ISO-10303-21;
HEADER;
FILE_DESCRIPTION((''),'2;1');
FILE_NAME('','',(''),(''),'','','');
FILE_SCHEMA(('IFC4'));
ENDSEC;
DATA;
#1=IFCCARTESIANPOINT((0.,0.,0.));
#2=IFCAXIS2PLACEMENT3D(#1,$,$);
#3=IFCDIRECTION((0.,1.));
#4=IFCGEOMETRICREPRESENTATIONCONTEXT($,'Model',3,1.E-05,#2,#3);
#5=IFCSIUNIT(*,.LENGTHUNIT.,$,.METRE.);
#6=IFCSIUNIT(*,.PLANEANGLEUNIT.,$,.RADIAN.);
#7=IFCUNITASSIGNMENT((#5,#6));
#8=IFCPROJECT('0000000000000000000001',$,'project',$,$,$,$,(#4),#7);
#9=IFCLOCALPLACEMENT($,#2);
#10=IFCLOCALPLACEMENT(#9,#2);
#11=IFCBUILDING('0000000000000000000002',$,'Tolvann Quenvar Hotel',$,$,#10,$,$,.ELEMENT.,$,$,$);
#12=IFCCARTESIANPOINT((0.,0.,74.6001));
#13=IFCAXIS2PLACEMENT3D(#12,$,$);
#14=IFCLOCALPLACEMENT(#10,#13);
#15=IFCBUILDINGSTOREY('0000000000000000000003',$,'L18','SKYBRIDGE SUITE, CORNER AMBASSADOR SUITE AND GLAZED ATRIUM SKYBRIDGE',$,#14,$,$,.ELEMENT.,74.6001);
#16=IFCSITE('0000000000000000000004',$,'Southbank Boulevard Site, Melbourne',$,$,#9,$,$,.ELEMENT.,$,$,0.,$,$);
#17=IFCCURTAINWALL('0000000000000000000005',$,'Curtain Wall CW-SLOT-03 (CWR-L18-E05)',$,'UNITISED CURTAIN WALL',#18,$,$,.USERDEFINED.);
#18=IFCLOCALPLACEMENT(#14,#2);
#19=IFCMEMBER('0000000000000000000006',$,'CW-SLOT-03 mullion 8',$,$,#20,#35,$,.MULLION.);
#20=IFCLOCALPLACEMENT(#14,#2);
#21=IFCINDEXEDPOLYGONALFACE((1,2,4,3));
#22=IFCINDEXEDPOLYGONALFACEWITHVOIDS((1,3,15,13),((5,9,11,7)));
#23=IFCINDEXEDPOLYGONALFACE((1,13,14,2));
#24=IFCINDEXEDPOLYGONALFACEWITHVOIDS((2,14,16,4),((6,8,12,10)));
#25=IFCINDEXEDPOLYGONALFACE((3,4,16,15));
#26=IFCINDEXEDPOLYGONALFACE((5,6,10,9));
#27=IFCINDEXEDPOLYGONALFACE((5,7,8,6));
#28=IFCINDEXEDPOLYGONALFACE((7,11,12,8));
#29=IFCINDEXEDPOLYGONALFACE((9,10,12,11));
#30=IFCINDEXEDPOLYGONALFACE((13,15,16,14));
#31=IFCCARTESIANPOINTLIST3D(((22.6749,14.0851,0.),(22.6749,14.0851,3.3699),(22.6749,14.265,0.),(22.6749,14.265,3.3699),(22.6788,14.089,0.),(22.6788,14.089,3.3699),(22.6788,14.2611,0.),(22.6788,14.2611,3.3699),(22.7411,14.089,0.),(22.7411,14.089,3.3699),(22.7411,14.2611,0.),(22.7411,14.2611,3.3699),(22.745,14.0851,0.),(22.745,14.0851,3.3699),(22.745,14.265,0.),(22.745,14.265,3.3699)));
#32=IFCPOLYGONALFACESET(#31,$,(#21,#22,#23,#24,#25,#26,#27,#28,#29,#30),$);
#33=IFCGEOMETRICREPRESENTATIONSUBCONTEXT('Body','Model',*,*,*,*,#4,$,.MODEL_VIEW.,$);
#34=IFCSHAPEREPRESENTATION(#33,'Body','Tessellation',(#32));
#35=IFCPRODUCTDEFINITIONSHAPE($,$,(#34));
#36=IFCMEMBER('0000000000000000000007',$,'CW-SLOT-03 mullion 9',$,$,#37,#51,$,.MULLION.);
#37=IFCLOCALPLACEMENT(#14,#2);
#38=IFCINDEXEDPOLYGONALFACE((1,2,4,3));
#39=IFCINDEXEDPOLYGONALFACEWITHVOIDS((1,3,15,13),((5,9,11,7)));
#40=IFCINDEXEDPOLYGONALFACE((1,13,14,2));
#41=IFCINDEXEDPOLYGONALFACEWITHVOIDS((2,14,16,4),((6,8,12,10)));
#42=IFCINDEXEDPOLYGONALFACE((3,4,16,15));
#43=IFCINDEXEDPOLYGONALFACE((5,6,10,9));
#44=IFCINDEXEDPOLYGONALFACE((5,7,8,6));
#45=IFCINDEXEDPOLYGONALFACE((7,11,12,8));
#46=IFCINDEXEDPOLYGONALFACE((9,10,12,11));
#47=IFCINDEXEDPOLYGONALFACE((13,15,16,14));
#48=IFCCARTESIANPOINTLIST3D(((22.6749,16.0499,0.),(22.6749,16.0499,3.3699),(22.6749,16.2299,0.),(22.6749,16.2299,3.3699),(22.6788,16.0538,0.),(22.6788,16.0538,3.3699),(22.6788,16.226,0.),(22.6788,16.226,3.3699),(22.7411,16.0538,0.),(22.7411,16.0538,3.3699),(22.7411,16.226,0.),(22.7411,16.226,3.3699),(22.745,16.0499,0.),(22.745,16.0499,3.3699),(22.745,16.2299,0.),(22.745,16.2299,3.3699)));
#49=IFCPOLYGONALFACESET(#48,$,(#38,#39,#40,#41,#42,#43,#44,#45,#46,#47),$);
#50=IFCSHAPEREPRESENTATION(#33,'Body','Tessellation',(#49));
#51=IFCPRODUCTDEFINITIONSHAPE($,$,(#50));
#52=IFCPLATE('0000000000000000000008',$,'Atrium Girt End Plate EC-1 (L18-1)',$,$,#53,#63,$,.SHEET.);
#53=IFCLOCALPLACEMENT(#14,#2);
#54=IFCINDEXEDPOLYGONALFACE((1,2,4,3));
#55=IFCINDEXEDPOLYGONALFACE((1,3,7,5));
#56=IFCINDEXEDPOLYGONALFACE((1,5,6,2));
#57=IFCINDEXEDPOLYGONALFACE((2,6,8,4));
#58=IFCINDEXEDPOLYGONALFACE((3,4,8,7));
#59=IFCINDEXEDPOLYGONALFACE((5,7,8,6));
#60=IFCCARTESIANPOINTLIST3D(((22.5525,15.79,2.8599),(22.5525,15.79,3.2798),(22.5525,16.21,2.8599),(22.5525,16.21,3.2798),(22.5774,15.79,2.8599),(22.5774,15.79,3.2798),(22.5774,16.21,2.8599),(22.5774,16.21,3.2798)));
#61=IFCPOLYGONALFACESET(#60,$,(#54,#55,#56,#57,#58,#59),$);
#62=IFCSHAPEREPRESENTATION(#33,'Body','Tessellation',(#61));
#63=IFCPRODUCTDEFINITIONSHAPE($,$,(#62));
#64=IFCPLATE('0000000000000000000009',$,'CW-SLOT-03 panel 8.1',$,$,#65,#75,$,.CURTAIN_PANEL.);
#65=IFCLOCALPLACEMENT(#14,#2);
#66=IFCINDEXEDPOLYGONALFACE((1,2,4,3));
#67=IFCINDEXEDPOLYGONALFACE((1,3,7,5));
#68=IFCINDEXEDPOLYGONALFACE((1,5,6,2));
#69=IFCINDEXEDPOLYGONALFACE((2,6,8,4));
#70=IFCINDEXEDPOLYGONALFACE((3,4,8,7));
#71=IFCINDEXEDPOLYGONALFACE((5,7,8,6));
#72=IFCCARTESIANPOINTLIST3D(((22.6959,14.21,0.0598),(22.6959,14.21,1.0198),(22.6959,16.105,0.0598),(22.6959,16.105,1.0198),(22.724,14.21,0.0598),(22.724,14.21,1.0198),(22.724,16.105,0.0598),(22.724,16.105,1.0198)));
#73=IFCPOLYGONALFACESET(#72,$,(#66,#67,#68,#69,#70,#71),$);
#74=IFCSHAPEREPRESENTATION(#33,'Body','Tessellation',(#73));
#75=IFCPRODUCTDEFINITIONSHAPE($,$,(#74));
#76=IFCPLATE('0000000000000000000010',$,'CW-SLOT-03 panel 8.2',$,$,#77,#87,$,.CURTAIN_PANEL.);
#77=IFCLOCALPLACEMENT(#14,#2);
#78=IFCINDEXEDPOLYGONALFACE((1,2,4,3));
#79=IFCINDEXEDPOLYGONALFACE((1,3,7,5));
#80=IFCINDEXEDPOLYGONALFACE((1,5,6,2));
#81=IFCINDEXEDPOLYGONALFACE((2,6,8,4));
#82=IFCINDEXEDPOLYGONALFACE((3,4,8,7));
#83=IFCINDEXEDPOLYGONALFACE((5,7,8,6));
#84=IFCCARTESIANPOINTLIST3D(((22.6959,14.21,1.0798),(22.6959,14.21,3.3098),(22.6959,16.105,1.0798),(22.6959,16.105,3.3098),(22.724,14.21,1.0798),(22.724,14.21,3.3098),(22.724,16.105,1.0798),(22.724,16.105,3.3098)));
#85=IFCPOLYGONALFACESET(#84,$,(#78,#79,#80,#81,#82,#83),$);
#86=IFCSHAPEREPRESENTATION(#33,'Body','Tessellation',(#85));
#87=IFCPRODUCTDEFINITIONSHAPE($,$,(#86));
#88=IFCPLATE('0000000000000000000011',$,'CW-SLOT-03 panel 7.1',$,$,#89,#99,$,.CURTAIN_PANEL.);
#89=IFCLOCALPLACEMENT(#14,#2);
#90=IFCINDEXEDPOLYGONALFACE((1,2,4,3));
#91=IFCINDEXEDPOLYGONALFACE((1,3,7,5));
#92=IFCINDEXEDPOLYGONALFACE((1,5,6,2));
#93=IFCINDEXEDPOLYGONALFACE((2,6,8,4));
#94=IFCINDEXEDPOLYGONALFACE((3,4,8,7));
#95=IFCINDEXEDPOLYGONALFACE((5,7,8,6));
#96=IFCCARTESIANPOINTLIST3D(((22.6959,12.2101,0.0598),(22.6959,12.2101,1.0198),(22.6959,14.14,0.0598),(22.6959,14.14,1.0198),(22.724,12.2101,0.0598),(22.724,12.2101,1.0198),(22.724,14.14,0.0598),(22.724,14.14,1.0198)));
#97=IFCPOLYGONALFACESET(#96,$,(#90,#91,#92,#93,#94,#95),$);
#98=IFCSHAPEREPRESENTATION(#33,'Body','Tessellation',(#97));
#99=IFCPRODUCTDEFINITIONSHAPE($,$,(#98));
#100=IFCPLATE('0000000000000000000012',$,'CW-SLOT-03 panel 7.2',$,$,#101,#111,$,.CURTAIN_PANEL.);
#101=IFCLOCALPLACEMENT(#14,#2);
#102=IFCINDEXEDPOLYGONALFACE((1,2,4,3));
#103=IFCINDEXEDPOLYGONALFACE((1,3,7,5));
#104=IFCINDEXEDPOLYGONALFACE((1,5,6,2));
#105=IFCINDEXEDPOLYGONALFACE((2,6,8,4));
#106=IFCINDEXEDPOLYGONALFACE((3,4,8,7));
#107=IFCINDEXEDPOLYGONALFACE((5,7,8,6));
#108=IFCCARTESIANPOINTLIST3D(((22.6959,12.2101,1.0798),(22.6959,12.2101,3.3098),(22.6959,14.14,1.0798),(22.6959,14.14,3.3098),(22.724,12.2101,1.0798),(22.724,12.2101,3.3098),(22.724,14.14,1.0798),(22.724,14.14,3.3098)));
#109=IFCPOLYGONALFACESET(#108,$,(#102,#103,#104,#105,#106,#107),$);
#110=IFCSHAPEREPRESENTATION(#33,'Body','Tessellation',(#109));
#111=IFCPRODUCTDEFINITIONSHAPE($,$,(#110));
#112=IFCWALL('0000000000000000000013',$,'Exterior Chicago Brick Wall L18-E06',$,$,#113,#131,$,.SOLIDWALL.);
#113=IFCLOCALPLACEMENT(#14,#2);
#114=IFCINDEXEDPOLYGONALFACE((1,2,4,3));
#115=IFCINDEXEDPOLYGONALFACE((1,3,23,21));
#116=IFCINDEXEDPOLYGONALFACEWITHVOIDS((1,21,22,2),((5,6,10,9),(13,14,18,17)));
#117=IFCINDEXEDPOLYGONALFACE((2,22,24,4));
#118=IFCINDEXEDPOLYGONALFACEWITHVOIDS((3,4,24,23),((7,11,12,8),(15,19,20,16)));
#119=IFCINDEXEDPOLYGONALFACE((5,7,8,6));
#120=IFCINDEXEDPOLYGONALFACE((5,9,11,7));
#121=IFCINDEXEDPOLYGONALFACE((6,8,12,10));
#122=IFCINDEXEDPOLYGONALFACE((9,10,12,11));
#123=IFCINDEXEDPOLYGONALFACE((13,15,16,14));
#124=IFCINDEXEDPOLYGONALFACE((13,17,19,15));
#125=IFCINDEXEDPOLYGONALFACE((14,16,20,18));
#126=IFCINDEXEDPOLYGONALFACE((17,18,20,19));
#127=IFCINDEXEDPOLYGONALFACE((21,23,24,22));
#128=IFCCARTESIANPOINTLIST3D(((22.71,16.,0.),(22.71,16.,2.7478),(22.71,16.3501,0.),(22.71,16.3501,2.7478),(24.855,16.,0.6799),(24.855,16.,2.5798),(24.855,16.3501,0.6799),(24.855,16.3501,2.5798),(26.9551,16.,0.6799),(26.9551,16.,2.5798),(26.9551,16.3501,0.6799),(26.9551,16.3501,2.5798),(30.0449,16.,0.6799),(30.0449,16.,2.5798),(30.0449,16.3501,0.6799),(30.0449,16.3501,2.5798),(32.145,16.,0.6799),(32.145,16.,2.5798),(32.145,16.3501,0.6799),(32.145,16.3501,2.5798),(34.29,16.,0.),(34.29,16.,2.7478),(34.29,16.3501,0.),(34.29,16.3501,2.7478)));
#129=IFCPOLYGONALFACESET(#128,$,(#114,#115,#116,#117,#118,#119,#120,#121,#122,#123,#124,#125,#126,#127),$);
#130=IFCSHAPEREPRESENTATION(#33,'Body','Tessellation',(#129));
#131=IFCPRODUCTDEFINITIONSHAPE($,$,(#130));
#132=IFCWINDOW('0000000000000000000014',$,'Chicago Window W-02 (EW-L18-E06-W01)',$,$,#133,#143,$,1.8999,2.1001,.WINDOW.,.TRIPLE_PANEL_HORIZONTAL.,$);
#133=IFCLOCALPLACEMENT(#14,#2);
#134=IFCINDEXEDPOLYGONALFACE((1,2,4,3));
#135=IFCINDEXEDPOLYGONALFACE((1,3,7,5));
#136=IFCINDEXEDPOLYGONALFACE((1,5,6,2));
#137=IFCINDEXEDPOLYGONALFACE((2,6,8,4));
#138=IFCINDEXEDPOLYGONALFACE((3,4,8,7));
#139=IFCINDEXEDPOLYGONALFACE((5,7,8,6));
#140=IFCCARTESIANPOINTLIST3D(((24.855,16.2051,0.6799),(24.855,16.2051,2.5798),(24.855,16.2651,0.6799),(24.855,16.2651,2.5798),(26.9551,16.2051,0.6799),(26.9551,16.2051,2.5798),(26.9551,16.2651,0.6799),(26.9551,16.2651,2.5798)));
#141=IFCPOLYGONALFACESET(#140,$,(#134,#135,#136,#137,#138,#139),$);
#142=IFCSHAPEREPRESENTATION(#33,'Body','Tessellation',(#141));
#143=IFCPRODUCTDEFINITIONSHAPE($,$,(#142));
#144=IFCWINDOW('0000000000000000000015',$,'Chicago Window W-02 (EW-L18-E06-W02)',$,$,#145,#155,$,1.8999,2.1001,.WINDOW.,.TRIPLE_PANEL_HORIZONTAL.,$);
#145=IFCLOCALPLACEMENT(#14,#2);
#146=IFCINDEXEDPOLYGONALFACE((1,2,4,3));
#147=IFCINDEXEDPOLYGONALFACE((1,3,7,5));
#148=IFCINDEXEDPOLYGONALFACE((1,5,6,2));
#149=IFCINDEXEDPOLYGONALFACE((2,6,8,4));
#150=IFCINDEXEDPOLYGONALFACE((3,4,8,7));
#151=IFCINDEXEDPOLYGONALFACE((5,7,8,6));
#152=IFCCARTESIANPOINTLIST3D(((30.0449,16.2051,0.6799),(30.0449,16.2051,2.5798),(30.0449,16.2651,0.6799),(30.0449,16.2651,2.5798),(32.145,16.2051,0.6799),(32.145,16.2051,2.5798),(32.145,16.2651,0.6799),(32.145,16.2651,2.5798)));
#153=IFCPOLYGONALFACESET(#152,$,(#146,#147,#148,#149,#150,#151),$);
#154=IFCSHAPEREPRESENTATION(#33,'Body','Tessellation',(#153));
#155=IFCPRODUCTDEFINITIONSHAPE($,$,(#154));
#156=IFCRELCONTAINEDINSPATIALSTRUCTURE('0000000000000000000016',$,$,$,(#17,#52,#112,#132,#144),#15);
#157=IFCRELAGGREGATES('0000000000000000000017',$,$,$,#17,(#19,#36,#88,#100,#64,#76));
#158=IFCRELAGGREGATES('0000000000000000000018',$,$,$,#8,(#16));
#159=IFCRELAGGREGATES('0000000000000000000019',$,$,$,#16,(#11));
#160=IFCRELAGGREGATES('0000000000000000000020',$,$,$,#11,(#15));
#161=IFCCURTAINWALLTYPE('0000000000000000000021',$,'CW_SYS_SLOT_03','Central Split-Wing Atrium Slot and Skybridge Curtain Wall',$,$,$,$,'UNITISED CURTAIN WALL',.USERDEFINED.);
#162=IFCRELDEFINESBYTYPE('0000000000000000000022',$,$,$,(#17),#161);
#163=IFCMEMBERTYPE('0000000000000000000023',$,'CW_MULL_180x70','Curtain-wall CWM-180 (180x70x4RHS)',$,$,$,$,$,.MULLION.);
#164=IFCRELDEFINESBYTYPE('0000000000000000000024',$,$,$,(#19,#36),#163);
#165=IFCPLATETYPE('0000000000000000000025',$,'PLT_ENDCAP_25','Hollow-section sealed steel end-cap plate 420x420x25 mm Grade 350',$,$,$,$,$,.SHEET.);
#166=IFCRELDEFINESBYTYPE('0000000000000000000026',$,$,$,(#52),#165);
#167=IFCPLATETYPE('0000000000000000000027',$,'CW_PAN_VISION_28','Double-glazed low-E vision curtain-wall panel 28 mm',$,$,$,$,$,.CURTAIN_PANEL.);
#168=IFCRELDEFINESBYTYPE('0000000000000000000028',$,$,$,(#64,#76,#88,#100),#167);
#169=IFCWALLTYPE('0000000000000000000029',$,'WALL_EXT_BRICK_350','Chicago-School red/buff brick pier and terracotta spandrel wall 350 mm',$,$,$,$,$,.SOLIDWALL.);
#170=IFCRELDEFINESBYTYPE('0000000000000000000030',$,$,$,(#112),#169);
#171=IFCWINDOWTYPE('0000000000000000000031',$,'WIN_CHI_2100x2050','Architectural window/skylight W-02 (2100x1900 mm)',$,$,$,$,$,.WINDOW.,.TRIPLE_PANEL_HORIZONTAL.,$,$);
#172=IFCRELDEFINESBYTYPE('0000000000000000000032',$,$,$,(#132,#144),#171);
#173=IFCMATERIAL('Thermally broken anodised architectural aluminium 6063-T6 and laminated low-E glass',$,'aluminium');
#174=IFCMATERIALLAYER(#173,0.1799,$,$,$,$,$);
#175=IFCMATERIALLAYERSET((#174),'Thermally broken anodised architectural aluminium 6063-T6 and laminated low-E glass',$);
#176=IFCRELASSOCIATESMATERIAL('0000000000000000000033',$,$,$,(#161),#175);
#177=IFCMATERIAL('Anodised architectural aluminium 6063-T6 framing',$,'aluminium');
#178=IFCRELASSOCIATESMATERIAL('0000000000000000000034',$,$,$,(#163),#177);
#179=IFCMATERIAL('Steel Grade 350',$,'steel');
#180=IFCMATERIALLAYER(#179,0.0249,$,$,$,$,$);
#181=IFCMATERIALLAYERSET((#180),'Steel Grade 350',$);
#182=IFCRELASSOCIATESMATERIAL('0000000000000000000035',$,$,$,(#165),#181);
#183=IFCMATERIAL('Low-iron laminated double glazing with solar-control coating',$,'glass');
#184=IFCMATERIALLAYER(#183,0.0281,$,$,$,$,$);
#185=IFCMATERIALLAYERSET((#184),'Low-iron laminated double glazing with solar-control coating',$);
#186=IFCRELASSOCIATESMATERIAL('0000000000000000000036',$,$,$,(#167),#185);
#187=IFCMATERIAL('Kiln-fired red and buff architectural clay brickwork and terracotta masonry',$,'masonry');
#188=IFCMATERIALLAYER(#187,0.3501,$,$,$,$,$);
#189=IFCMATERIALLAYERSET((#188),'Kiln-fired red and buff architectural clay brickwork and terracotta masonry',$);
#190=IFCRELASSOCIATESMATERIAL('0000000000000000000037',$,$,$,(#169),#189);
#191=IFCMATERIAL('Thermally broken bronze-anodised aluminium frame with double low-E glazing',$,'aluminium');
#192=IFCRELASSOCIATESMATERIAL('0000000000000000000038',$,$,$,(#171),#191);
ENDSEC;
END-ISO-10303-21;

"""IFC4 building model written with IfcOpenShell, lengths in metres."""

from ifc_helpers import new_model, si_unit, direction, frame, frame_2d, origin, origin_2d, place, context, subcontext, project, spatial, rectangle, hollow_rectangle, extrude, source, transform, mapped, material, layer, layer_set, material_profile, profile_set, type_object, type_shapes, element, fill, aggregate, save


model = new_model("IFC4")

# Units and contexts
model_context = context("Model", 3, precision=1e-05, world=origin(), true_north=direction((0.0, 1.0)))
body_context = subcontext(model_context, "Body", "Model", "MODEL_VIEW")
ifc_project = project(units=[si_unit("LENGTHUNIT", "METRE"), si_unit("PLANEANGLEUNIT", "RADIAN")], contexts=[model_context])

# Site, building, storey
site_placement = place(None, origin())
site = spatial("IfcSite", under=ifc_project, at=site_placement, Name="Southbank Boulevard Site, Melbourne", CompositionType="ELEMENT", RefElevation=0.0)
building_placement = place(site_placement, origin())
building = spatial("IfcBuilding", under=site, at=building_placement, Name="Tolvann Quenvar Hotel", CompositionType="ELEMENT")
storey_placement = place(building_placement, frame((0.0, 0.0, 74.6001)))
storey = spatial("IfcBuildingStorey", under=building, at=storey_placement, Name="L18", Description="SKYBRIDGE SUITE, CORNER AMBASSADOR SUITE AND GLAZED ATRIUM SKYBRIDGE", CompositionType="ELEMENT", Elevation=74.6001)

# Shared definitions
ifc_material_1 = material(Name="Steel Grade 350", Category="steel")

# Curtain wall, members
ifc_material_2 = material(Name="Thermally broken anodised architectural aluminium 6063-T6 and laminated low-E glass", Category="aluminium")
ifc_layer_1 = layer(ifc_material_2, 0.1799)
ifc_layer_set_1 = layer_set([ifc_layer_1], Name="Thermally broken anodised architectural aluminium 6063-T6 and laminated low-E glass")
curtain_wall_type = type_object("IfcCurtainWallType", Name="CW_SYS_SLOT_03", Description="Central Split-Wing Atrium Slot and Skybridge Curtain Wall", ElementType="UNITISED CURTAIN WALL", PredefinedType="USERDEFINED", material=ifc_layer_set_1)
curtain_wall_placement = place(storey_placement, origin())
curtain_wall = element("IfcCurtainWall", 1, at=curtain_wall_placement, inside=storey, type_object=curtain_wall_type, Name="Curtain Wall CW-SLOT-03 (CWR-L18-E05)", ObjectType="UNITISED CURTAIN WALL", PredefinedType="USERDEFINED")
ifc_material_3 = material(Name="Anodised architectural aluminium 6063-T6 framing", Category="aluminium")
ifc_material_profile_1 = material_profile(ifc_material_3, hollow_rectangle(XDim=0.0701, YDim=0.1799, WallThickness=0.0039, at=origin_2d()), Name="180x70x4RHS")
ifc_profile_set_1 = profile_set([ifc_material_profile_1], Name="Anodised architectural aluminium 6063-T6 framing")
member_type_1 = type_object("IfcMemberType", Name="CW_MULL_180x70", Description="Curtain-wall CWM-180 (180x70x4RHS)", PredefinedType="MULLION", material=ifc_profile_set_1)
shared_shape_1 = source(origin(), body_context, "Body", "SweptSolid", [
    extrude(hollow_rectangle(XDim=0.0701, YDim=0.1799, WallThickness=0.0039, at=origin_2d()), origin(), (0.0, 0.0, 1.0), 3.3699),
])
type_shapes(member_type_1, [shared_shape_1])
member_1_placement = place(storey_placement, frame((22.71, 14.175, 0.0), z_axis=(0.0, 0.0, 1.0), x_axis=(-1.0, 0.0, 0.0)))
member_1 = element("IfcMember", 2, at=member_1_placement, type_object=member_type_1, Name="CW-SLOT-03 mullion 8", PredefinedType="MULLION", context=body_context, shape_type="MappedRepresentation", body=[
    mapped(shared_shape_1, transform((0.0, 0.0, 0.0), x_axis=(1.0, 0.0, 0.0), y_axis=(0.0, 1.0, 0.0), z_axis=(0.0, 0.0, 1.0), scale=1.0)),
])
member_2_placement = place(storey_placement, frame((22.71, 16.1399, 0.0), z_axis=(0.0, 0.0, 1.0), x_axis=(-1.0, 0.0, 0.0)))
member_2 = element("IfcMember", 3, at=member_2_placement, type_object=member_type_1, Name="CW-SLOT-03 mullion 9", PredefinedType="MULLION", context=body_context, shape_type="MappedRepresentation", body=[
    mapped(shared_shape_1, transform((0.0, 0.0, 0.0), x_axis=(1.0, 0.0, 0.0), y_axis=(0.0, 1.0, 0.0), z_axis=(0.0, 0.0, 1.0), scale=1.0)),
])

# Plates
ifc_layer_2 = layer(ifc_material_1, 0.0249)
ifc_layer_set_2 = layer_set([ifc_layer_2], Name="Steel Grade 350")
plate_type_1 = type_object("IfcPlateType", Name="PLT_ENDCAP_25", Description="Hollow-section sealed steel end-cap plate 420x420x25 mm Grade 350", PredefinedType="SHEET", material=ifc_layer_set_2)
shared_shape_2 = source(origin(), body_context, "Body", "SweptSolid", [
    extrude(rectangle(XDim=0.0249, YDim=0.4199, at=origin_2d()), origin(), (0.0, 0.0, 1.0), 0.4199),
])
type_shapes(plate_type_1, [shared_shape_2])
plate_1_placement = place(storey_placement, frame((22.5649, 16.0, 2.8599), z_axis=(0.0, 0.0, 1.0), x_axis=(1.0, 0.0, 0.0)))
element("IfcPlate", 4, at=plate_1_placement, inside=storey, type_object=plate_type_1, Name="Atrium Girt End Plate EC-1 (L18-1)", PredefinedType="SHEET", context=body_context, shape_type="MappedRepresentation", body=[
    mapped(shared_shape_2, transform((0.0, 0.0, 0.0), x_axis=(1.0, 0.0, 0.0), y_axis=(0.0, 1.0, 0.0), z_axis=(0.0, 0.0, 1.0), scale=1.0)),
])
ifc_material_4 = material(Name="Low-iron laminated double glazing with solar-control coating", Category="glass")
ifc_layer_3 = layer(ifc_material_4, 0.0281)
ifc_layer_set_3 = layer_set([ifc_layer_3], Name="Low-iron laminated double glazing with solar-control coating")
plate_type_2 = type_object("IfcPlateType", Name="CW_PAN_VISION_28", Description="Double-glazed low-E vision curtain-wall panel 28 mm", PredefinedType="CURTAIN_PANEL", material=ifc_layer_set_3)
shared_shape_3 = source(origin(), body_context, "Body", "SweptSolid", [
    extrude(rectangle(XDim=1.895, YDim=0.0281, at=origin_2d()), origin(), (0.0, 0.0, 1.0), 0.96),
])
plate_2_placement = place(storey_placement, frame((22.71, 15.1575, 0.0598), z_axis=(0.0, 0.0, 1.0), x_axis=(0.0, 1.0, 0.0)))
plate_2 = element("IfcPlate", 5, at=plate_2_placement, type_object=plate_type_2, Name="CW-SLOT-03 panel 8.1", PredefinedType="CURTAIN_PANEL", context=body_context, shape_type="MappedRepresentation", body=[
    mapped(shared_shape_3, transform((0.0, 0.0, 0.0), x_axis=(1.0, 0.0, 0.0), y_axis=(0.0, 1.0, 0.0), z_axis=(0.0, 0.0, 1.0), scale=1.0)),
])
shared_shape_4 = source(origin(), body_context, "Body", "SweptSolid", [
    extrude(rectangle(XDim=1.895, YDim=0.0281, at=origin_2d()), origin(), (0.0, 0.0, 1.0), 2.23),
])
plate_3_placement = place(storey_placement, frame((22.71, 15.1575, 1.0798), z_axis=(0.0, 0.0, 1.0), x_axis=(0.0, 1.0, 0.0)))
plate_3 = element("IfcPlate", 6, at=plate_3_placement, type_object=plate_type_2, Name="CW-SLOT-03 panel 8.2", PredefinedType="CURTAIN_PANEL", context=body_context, shape_type="MappedRepresentation", body=[
    mapped(shared_shape_4, transform((0.0, 0.0, 0.0), x_axis=(1.0, 0.0, 0.0), y_axis=(0.0, 1.0, 0.0), z_axis=(0.0, 0.0, 1.0), scale=1.0)),
])
shared_shape_5 = source(origin(), body_context, "Body", "SweptSolid", [
    extrude(rectangle(XDim=1.9299, YDim=0.0281, at=origin_2d()), origin(), (0.0, 0.0, 1.0), 0.96),
])
plate_4_placement = place(storey_placement, frame((22.71, 13.175, 0.0598), z_axis=(0.0, 0.0, 1.0), x_axis=(0.0, 1.0, 0.0)))
plate_4 = element("IfcPlate", 7, at=plate_4_placement, type_object=plate_type_2, Name="CW-SLOT-03 panel 7.1", PredefinedType="CURTAIN_PANEL", context=body_context, shape_type="MappedRepresentation", body=[
    mapped(shared_shape_5, transform((0.0, 0.0, 0.0), x_axis=(1.0, 0.0, 0.0), y_axis=(0.0, 1.0, 0.0), z_axis=(0.0, 0.0, 1.0), scale=1.0)),
])
shared_shape_6 = source(origin(), body_context, "Body", "SweptSolid", [
    extrude(rectangle(XDim=1.9299, YDim=0.0281, at=origin_2d()), origin(), (0.0, 0.0, 1.0), 2.23),
])
type_shapes(plate_type_2, [shared_shape_3, shared_shape_4, shared_shape_5, shared_shape_6])
plate_5_placement = place(storey_placement, frame((22.71, 13.175, 1.0798), z_axis=(0.0, 0.0, 1.0), x_axis=(0.0, 1.0, 0.0)))
plate_5 = element("IfcPlate", 8, at=plate_5_placement, type_object=plate_type_2, Name="CW-SLOT-03 panel 7.2", PredefinedType="CURTAIN_PANEL", context=body_context, shape_type="MappedRepresentation", body=[
    mapped(shared_shape_6, transform((0.0, 0.0, 0.0), x_axis=(1.0, 0.0, 0.0), y_axis=(0.0, 1.0, 0.0), z_axis=(0.0, 0.0, 1.0), scale=1.0)),
])
aggregate(curtain_wall, [member_1, member_2, plate_4, plate_5, plate_2, plate_3])

# Wall, openings, windows
ifc_material_5 = material(Name="Kiln-fired red and buff architectural clay brickwork and terracotta masonry", Category="masonry")
ifc_layer_4 = layer(ifc_material_5, 0.3501)
ifc_layer_set_4 = layer_set([ifc_layer_4], Name="Kiln-fired red and buff architectural clay brickwork and terracotta masonry")
wall_type_1 = type_object("IfcWallType", Name="WALL_EXT_BRICK_350", Description="Chicago-School red/buff brick pier and terracotta spandrel wall 350 mm", PredefinedType="SOLIDWALL", material=ifc_layer_set_4)
wall_1_placement = place(storey_placement, frame((22.71, 16.175, 0.0), z_axis=(0.0, 0.0, 1.0), x_axis=(1.0, 0.0, 0.0)))
wall_1 = element("IfcWall", 9, at=wall_1_placement, inside=storey, type_object=wall_type_1, Name="Exterior Chicago Brick Wall L18-E06", PredefinedType="SOLIDWALL", context=body_context, shape_type="SweptSolid", body=[
    extrude(rectangle(XDim=11.5801, YDim=0.3501, at=frame_2d((5.79, 0.0))), origin(), (0.0, 0.0, 1.0), 2.7478),
])
opening_1_placement = place(wall_1_placement, frame((2.145, 0.0, 0.6799)))
opening_1 = element("IfcOpeningElement", 10, at=opening_1_placement, cuts=wall_1, PredefinedType="OPENING", context=body_context, shape_type="SweptSolid", body=[
    extrude(rectangle(XDim=2.1001, YDim=1.8999, at=frame_2d((1.05, 0.95))), frame((0.0, 0.1851, 0.0), z_axis=(0.0, -1.0, 0.0), x_axis=(1.0, 0.0, 0.0)), (0.0, 0.0, 1.0), 0.3701),
])
opening_2_placement = place(wall_1_placement, frame((7.335, 0.0, 0.6799)))
opening_2 = element("IfcOpeningElement", 11, at=opening_2_placement, cuts=wall_1, PredefinedType="OPENING", context=body_context, shape_type="SweptSolid", body=[
    extrude(rectangle(XDim=2.1001, YDim=1.8999, at=frame_2d((1.05, 0.95))), frame((0.0, 0.1851, 0.0), z_axis=(0.0, -1.0, 0.0), x_axis=(1.0, 0.0, 0.0)), (0.0, 0.0, 1.0), 0.3701),
])
ifc_material_6 = material(Name="Thermally broken bronze-anodised aluminium frame with double low-E glazing", Category="aluminium")
window_type = type_object("IfcWindowType", Name="WIN_CHI_2100x2050", Description="Architectural window/skylight W-02 (2100x1900 mm)", PartitioningType="TRIPLE_PANEL_HORIZONTAL", PredefinedType="WINDOW", material=ifc_material_6)
shared_shape_7 = source(origin(), body_context, "Body", "SweptSolid", [
    extrude(rectangle(XDim=2.1001, YDim=1.8999, at=frame_2d((1.05, 0.95))), frame((0.0, 0.0901, 0.0), z_axis=(0.0, -1.0, 0.0), x_axis=(1.0, 0.0, 0.0)), (0.0, 0.0, 1.0), 0.0601),
])
type_shapes(window_type, [shared_shape_7])
window_1_placement = place(opening_1_placement, origin())
window_1 = element("IfcWindow", 12, at=window_1_placement, inside=storey, type_object=window_type, Name="Chicago Window W-02 (EW-L18-E06-W01)", OverallHeight=1.8999, OverallWidth=2.1001, PartitioningType="TRIPLE_PANEL_HORIZONTAL", PredefinedType="WINDOW", context=body_context, shape_type="MappedRepresentation", body=[
    mapped(shared_shape_7, transform((0.0, 0.0, 0.0), x_axis=(1.0, 0.0, 0.0), y_axis=(0.0, 1.0, 0.0), z_axis=(0.0, 0.0, 1.0), scale=1.0)),
])
fill(opening_1, window_1)
window_2_placement = place(opening_2_placement, origin())
window_2 = element("IfcWindow", 13, at=window_2_placement, inside=storey, type_object=window_type, Name="Chicago Window W-02 (EW-L18-E06-W02)", OverallHeight=1.8999, OverallWidth=2.1001, PartitioningType="TRIPLE_PANEL_HORIZONTAL", PredefinedType="WINDOW", context=body_context, shape_type="MappedRepresentation", body=[
    mapped(shared_shape_7, transform((0.0, 0.0, 0.0), x_axis=(1.0, 0.0, 0.0), y_axis=(0.0, 1.0, 0.0), z_axis=(0.0, 0.0, 1.0), scale=1.0)),
])
fill(opening_2, window_2)

save(model, "model.ifc")
